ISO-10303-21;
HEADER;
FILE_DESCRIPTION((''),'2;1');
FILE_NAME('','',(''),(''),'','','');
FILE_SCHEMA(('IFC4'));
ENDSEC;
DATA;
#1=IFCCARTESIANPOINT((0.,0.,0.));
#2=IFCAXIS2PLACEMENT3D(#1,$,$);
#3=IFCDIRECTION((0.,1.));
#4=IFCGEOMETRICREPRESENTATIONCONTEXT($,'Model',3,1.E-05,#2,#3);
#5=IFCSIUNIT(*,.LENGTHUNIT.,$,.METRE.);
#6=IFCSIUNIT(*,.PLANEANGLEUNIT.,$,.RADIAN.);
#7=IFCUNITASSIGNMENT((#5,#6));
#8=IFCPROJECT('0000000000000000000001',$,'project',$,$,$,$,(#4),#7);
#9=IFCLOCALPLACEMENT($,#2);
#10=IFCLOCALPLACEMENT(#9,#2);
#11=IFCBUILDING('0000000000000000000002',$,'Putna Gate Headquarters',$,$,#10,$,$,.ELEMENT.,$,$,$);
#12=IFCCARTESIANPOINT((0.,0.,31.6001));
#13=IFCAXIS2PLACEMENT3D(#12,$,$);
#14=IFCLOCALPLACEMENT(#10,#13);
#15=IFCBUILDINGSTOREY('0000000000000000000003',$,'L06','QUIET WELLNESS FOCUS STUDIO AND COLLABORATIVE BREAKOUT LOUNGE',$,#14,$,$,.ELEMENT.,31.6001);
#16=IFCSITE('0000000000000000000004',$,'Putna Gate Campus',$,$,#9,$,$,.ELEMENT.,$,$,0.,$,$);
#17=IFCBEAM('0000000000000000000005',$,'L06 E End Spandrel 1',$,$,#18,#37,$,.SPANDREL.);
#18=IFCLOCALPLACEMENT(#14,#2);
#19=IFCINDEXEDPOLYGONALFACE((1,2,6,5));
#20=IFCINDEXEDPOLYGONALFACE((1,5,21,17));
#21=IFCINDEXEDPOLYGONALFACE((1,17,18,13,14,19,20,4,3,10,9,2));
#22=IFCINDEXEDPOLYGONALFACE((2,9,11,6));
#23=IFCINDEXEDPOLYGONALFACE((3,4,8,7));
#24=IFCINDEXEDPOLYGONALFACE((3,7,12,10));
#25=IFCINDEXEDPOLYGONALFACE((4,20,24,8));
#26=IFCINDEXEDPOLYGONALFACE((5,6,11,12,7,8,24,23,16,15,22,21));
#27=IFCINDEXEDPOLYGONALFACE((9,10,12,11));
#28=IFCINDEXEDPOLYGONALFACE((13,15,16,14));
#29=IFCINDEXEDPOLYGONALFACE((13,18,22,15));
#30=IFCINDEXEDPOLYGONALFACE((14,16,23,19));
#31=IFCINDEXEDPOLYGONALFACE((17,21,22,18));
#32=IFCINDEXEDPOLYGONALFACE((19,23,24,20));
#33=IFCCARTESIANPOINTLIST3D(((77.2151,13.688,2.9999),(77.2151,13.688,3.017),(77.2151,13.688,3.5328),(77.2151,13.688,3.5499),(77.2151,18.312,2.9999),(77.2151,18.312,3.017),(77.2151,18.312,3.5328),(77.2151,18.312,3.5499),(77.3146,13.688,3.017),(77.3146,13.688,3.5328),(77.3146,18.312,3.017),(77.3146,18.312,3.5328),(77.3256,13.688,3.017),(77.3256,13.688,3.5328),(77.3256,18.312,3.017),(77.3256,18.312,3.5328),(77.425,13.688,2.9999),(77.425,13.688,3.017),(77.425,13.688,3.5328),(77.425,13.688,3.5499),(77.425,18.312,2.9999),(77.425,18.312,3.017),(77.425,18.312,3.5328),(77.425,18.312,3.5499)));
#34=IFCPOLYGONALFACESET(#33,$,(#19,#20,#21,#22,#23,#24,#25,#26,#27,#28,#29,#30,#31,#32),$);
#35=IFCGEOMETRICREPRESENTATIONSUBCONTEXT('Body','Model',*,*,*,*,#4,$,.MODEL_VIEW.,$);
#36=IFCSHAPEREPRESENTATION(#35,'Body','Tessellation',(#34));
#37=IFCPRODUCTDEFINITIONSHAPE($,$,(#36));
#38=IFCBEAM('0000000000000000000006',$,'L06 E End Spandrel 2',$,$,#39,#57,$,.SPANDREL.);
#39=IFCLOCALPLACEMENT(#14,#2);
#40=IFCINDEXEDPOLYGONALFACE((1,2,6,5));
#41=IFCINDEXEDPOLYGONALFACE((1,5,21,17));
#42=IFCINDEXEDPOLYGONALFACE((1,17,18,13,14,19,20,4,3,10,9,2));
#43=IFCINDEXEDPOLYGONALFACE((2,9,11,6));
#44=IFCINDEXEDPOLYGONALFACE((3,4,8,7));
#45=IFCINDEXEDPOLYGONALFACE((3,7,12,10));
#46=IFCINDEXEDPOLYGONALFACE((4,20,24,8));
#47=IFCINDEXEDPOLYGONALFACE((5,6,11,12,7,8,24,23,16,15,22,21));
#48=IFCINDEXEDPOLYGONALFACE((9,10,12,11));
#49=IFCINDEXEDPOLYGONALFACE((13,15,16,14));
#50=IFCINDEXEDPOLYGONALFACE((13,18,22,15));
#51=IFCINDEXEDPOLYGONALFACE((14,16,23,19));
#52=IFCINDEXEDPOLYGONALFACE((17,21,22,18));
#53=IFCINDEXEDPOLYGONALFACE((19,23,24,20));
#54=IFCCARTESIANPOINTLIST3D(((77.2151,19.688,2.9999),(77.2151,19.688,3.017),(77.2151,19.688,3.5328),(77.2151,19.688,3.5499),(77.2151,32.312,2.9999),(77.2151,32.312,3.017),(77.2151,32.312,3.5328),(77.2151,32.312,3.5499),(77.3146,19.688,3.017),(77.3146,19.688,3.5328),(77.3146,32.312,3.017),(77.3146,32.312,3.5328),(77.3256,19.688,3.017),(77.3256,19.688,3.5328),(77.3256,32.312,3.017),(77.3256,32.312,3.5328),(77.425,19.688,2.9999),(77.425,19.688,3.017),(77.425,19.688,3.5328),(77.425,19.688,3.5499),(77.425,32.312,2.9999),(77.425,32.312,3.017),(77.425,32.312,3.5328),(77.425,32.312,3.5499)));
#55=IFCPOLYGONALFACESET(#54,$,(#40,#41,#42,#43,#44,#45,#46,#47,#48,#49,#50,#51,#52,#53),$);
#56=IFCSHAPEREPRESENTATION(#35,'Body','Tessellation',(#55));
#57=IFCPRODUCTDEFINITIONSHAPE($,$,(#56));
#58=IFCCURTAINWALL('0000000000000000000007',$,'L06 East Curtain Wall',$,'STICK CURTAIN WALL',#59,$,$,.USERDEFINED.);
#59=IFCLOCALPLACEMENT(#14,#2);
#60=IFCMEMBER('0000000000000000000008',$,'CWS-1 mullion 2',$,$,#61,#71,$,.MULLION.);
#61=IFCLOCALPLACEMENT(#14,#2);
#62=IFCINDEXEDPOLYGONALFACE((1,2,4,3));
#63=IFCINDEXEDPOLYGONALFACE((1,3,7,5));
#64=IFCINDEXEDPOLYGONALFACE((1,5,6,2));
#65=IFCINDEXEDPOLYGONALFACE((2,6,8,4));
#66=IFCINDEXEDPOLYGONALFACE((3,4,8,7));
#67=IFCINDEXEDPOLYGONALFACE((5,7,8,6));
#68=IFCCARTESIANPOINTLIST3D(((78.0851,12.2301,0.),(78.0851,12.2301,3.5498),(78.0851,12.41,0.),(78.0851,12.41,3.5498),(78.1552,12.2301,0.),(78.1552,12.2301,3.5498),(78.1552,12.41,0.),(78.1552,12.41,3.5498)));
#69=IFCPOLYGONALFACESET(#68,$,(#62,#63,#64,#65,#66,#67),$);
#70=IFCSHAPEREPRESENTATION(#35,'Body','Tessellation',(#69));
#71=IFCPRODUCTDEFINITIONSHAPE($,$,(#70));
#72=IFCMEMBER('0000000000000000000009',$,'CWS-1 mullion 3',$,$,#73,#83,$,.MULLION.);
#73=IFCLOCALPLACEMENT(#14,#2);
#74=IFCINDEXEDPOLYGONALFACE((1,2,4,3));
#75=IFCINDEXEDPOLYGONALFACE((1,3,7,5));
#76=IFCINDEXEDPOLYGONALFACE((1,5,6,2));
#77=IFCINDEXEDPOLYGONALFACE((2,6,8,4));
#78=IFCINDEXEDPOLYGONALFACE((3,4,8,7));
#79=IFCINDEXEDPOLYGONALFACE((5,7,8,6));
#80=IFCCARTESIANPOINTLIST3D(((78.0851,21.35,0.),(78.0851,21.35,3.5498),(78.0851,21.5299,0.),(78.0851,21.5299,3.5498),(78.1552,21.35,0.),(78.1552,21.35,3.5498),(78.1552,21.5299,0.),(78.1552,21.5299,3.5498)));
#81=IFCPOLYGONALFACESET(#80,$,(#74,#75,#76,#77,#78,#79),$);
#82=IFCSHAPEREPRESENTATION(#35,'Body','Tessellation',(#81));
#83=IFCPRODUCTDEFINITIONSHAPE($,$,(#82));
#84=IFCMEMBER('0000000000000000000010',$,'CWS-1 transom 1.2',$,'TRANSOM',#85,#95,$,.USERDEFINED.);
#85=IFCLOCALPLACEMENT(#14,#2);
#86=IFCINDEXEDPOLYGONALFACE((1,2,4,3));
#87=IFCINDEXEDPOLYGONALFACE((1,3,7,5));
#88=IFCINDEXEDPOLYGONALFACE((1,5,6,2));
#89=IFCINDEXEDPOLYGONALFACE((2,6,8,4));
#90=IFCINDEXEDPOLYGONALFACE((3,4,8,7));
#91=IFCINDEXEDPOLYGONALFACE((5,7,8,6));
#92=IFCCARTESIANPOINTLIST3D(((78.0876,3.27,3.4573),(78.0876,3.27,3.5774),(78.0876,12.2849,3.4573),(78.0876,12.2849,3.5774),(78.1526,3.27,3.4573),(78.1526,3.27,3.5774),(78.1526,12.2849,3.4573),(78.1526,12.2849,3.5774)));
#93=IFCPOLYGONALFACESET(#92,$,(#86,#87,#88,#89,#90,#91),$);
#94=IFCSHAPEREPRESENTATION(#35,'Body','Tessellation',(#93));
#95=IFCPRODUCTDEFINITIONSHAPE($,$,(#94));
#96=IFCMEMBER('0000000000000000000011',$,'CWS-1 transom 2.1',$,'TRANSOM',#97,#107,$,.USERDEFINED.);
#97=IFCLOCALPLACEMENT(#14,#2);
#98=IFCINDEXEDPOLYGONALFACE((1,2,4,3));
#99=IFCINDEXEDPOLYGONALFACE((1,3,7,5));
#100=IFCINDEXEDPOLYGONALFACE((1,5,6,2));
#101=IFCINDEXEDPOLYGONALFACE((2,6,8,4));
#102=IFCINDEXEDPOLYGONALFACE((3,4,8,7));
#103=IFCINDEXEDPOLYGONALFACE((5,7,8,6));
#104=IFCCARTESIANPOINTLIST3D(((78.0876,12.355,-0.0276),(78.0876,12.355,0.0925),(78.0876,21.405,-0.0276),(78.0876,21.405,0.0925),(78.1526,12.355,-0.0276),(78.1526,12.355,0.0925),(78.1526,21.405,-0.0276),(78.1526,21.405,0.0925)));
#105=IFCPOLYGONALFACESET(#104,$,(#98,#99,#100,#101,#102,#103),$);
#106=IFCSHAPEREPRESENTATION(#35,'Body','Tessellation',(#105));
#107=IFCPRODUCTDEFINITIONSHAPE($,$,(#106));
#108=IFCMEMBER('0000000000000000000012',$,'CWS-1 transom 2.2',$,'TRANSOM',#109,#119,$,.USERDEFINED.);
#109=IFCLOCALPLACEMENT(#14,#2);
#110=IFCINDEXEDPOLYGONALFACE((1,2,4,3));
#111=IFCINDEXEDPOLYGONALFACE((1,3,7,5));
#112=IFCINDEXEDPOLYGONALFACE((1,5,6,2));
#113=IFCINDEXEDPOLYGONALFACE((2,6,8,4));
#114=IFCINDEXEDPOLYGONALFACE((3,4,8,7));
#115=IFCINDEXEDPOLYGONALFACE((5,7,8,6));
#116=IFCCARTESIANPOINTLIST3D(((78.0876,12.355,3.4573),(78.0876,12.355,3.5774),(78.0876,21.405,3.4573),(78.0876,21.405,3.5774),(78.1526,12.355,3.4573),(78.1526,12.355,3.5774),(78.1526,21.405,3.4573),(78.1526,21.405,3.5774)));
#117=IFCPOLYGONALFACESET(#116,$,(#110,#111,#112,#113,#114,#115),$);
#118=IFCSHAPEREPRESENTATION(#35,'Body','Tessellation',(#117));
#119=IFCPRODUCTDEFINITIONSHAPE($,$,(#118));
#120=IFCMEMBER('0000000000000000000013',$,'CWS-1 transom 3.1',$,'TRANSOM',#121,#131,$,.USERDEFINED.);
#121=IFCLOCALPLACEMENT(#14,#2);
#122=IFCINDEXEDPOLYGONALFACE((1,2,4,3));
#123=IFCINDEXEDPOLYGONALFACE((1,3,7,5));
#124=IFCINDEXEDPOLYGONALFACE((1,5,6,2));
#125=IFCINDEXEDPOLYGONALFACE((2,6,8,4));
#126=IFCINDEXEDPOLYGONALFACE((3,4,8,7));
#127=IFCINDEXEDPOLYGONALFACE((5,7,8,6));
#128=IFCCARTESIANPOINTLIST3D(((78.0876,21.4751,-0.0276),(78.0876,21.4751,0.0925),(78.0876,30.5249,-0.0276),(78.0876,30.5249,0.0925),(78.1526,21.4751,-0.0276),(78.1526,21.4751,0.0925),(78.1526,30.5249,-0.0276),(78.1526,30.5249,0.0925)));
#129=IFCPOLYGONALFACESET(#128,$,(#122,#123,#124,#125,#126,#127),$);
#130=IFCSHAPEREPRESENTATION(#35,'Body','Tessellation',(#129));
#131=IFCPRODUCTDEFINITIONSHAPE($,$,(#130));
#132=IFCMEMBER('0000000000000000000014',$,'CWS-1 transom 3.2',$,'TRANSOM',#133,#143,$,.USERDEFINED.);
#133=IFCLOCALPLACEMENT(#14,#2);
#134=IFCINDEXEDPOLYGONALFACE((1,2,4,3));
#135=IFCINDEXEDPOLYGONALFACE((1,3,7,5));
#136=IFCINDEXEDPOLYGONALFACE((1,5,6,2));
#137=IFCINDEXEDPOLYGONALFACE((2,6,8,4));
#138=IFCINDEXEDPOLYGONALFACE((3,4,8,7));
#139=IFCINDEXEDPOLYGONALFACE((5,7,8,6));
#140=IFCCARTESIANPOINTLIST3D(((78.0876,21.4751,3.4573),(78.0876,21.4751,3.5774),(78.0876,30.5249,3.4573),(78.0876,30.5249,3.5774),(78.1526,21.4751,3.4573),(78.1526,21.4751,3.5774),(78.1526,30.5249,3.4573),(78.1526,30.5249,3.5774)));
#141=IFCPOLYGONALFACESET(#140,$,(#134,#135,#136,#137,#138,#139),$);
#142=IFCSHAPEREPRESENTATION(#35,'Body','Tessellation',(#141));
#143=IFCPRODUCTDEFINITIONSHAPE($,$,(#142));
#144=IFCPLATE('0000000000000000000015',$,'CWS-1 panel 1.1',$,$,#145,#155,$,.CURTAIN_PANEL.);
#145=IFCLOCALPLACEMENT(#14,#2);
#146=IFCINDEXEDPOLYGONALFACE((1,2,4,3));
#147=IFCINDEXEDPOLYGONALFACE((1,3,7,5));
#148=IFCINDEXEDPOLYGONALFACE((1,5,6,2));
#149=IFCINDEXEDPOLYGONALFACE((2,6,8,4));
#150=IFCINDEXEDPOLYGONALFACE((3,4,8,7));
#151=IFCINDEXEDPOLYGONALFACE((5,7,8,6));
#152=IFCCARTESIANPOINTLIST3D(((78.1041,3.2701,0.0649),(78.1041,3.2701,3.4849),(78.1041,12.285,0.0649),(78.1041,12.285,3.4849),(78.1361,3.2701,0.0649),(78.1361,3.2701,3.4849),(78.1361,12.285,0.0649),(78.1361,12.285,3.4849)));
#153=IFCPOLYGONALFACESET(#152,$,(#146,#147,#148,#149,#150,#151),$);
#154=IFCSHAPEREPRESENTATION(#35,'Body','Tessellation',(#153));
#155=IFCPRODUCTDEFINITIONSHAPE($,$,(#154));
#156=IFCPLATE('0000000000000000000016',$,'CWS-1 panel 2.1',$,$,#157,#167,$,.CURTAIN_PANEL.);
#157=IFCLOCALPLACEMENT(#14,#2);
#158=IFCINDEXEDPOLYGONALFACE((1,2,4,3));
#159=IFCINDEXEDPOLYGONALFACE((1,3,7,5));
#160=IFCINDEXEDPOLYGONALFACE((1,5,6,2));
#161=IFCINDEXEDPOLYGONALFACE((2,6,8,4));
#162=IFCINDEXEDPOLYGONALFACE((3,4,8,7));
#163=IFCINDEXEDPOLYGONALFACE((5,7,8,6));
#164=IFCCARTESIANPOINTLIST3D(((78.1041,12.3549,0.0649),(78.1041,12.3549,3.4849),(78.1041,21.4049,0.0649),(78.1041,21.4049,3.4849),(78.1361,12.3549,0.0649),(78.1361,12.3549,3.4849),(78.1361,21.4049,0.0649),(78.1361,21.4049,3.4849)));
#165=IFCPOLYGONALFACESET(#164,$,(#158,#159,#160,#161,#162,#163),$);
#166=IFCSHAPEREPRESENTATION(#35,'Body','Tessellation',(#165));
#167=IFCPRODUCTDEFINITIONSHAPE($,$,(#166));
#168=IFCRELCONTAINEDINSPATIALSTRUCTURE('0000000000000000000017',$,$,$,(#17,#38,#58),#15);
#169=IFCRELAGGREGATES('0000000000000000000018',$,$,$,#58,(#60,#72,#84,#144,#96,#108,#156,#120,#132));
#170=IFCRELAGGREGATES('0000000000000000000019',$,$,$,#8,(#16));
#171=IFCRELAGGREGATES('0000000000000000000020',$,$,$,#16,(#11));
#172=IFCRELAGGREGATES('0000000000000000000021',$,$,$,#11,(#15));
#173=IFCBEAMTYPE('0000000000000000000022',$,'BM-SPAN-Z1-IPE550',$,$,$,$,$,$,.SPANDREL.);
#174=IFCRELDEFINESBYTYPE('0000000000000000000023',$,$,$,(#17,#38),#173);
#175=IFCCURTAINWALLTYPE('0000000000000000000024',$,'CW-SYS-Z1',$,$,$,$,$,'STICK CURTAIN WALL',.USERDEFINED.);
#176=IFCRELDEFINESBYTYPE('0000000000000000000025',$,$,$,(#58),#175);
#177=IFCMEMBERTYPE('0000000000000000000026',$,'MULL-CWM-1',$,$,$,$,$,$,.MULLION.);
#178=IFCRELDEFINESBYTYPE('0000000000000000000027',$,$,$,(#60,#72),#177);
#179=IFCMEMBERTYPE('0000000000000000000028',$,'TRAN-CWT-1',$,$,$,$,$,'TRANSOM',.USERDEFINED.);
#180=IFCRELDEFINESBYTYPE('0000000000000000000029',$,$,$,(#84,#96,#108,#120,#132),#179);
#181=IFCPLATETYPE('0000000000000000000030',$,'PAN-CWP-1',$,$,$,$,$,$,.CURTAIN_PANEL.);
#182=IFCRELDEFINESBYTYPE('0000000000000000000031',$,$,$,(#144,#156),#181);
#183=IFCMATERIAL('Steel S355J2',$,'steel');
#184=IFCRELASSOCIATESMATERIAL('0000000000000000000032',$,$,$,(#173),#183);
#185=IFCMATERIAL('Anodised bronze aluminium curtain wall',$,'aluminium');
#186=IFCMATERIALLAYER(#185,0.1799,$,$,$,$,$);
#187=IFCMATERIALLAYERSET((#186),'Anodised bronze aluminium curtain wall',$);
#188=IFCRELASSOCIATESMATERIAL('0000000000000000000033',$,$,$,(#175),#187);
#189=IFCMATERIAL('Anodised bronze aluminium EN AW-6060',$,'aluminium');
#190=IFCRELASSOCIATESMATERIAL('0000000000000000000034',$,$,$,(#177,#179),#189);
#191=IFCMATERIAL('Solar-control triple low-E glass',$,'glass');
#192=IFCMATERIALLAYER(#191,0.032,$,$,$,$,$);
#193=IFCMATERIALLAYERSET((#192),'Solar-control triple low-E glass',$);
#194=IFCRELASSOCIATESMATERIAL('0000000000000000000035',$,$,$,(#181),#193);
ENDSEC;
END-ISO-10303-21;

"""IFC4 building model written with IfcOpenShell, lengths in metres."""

from ifc_helpers import new_model, si_unit, direction, frame, origin, origin_2d, place, context, subcontext, project, spatial, rectangle, i_section, extrude, material, layer, layer_set, material_profile, profile_set, type_object, element, aggregate, save


model = new_model("IFC4")

# Units and contexts
model_context = context("Model", 3, precision=1e-05, world=origin(), true_north=direction((0.0, 1.0)))
body_context = subcontext(model_context, "Body", "Model", "MODEL_VIEW")
ifc_project = project(units=[si_unit("LENGTHUNIT", "METRE"), si_unit("PLANEANGLEUNIT", "RADIAN")], contexts=[model_context])

# Site, building, storey
site_placement = place(None, origin())
site = spatial("IfcSite", under=ifc_project, at=site_placement, Name="Putna Gate Campus", CompositionType="ELEMENT", RefElevation=0.0)
building_placement = place(site_placement, origin())
building = spatial("IfcBuilding", under=site, at=building_placement, Name="Putna Gate Headquarters", CompositionType="ELEMENT")
storey_placement = place(building_placement, frame((0.0, 0.0, 31.6001)))
storey = spatial("IfcBuildingStorey", under=building, at=storey_placement, Name="L06", Description="QUIET WELLNESS FOCUS STUDIO AND COLLABORATIVE BREAKOUT LOUNGE", CompositionType="ELEMENT", Elevation=31.6001)

# Beams
ifc_material_1 = material(Name="Steel S355J2", Category="steel")
ifc_material_profile_1 = material_profile(ifc_material_1, i_section(OverallWidth=0.21, OverallDepth=0.55, WebThickness=0.011, FlangeThickness=0.0171, at=origin_2d()), Name="Steel S355J2")
ifc_profile_set_1 = profile_set([ifc_material_profile_1], Name="Steel S355J2")
beam_type_1 = type_object("IfcBeamType", Name="BM-SPAN-Z1-IPE550", PredefinedType="SPANDREL", material=ifc_profile_set_1)
beam_1_placement = place(storey_placement, frame((77.3201, 13.688, 3.2749), z_axis=(0.0, 1.0, 0.0), x_axis=(-1.0, 0.0, 0.0)))
element("IfcBeam", 1, at=beam_1_placement, inside=storey, type_object=beam_type_1, Name="L06 E End Spandrel 1", PredefinedType="SPANDREL", context=body_context, shape_type="SweptSolid", body=[
    extrude(i_section(OverallWidth=0.21, OverallDepth=0.55, WebThickness=0.011, FlangeThickness=0.0171, at=origin_2d()), origin(), (0.0, 0.0, 1.0), 4.624),
])
beam_2_placement = place(storey_placement, frame((77.3201, 19.688, 3.2749), z_axis=(0.0, 1.0, 0.0), x_axis=(-1.0, 0.0, 0.0)))
element("IfcBeam", 2, at=beam_2_placement, inside=storey, type_object=beam_type_1, Name="L06 E End Spandrel 2", PredefinedType="SPANDREL", context=body_context, shape_type="SweptSolid", body=[
    extrude(i_section(OverallWidth=0.21, OverallDepth=0.55, WebThickness=0.011, FlangeThickness=0.0171, at=origin_2d()), origin(), (0.0, 0.0, 1.0), 12.624),
])

# Curtain wall, members, plates
ifc_material_2 = material(Name="Anodised bronze aluminium curtain wall", Category="aluminium")
ifc_layer_1 = layer(ifc_material_2, 0.1799)
ifc_layer_set_1 = layer_set([ifc_layer_1], Name="Anodised bronze aluminium curtain wall")
curtain_wall_type = type_object("IfcCurtainWallType", Name="CW-SYS-Z1", ElementType="STICK CURTAIN WALL", PredefinedType="USERDEFINED", material=ifc_layer_set_1)
curtain_wall_placement = place(storey_placement, origin())
curtain_wall = element("IfcCurtainWall", 3, at=curtain_wall_placement, inside=storey, type_object=curtain_wall_type, Name="L06 East Curtain Wall", ObjectType="STICK CURTAIN WALL", PredefinedType="USERDEFINED")
ifc_material_3 = material(Name="Anodised bronze aluminium EN AW-6060", Category="aluminium")
ifc_material_profile_2 = material_profile(ifc_material_3, rectangle(XDim=0.0701, YDim=0.1799, at=origin_2d()), Name="Anodised bronze aluminium EN AW-6060")
ifc_profile_set_2 = profile_set([ifc_material_profile_2], Name="Anodised bronze aluminium EN AW-6060")
member_type_1 = type_object("IfcMemberType", Name="MULL-CWM-1", PredefinedType="MULLION", material=ifc_profile_set_2)
member_1_placement = place(storey_placement, frame((78.1201, 12.3201, 0.0), z_axis=(0.0, 0.0, 1.0), x_axis=(-1.0, 0.0, 0.0)))
member_1 = element("IfcMember", 4, at=member_1_placement, type_object=member_type_1, Name="CWS-1 mullion 2", PredefinedType="MULLION", context=body_context, shape_type="SweptSolid", body=[
    extrude(rectangle(XDim=0.0701, YDim=0.1799, at=origin_2d()), origin(), (0.0, 0.0, 1.0), 3.5498),
])
member_2_placement = place(storey_placement, frame((78.1201, 21.4399, 0.0), z_axis=(0.0, 0.0, 1.0), x_axis=(-1.0, 0.0, 0.0)))
member_2 = element("IfcMember", 5, at=member_2_placement, type_object=member_type_1, Name="CWS-1 mullion 3", PredefinedType="MULLION", context=body_context, shape_type="SweptSolid", body=[
    extrude(rectangle(XDim=0.0701, YDim=0.1799, at=origin_2d()), origin(), (0.0, 0.0, 1.0), 3.5498),
])
ifc_material_profile_3 = material_profile(ifc_material_3, rectangle(XDim=0.0649, YDim=0.1201, at=origin_2d()), Name="Anodised bronze aluminium EN AW-6060")
ifc_profile_set_3 = profile_set([ifc_material_profile_3], Name="Anodised bronze aluminium EN AW-6060")
member_type_2 = type_object("IfcMemberType", Name="TRAN-CWT-1", ElementType="TRANSOM", PredefinedType="USERDEFINED", material=ifc_profile_set_3)
member_3_placement = place(storey_placement, frame((78.1201, 3.27, 3.5173), z_axis=(0.0, 1.0, 0.0), x_axis=(-1.0, 0.0, 0.0)))
member_3 = element("IfcMember", 6, at=member_3_placement, type_object=member_type_2, Name="CWS-1 transom 1.2", ObjectType="TRANSOM", PredefinedType="USERDEFINED", context=body_context, shape_type="SweptSolid", body=[
    extrude(rectangle(XDim=0.0649, YDim=0.1201, at=origin_2d()), origin(), (0.0, 0.0, 1.0), 9.0149),
])
member_4_placement = place(storey_placement, frame((78.1201, 12.355, 0.0325), z_axis=(0.0, 1.0, 0.0), x_axis=(-1.0, 0.0, 0.0)))
member_4 = element("IfcMember", 7, at=member_4_placement, type_object=member_type_2, Name="CWS-1 transom 2.1", ObjectType="TRANSOM", PredefinedType="USERDEFINED", context=body_context, shape_type="SweptSolid", body=[
    extrude(rectangle(XDim=0.0649, YDim=0.1201, at=origin_2d()), origin(), (0.0, 0.0, 1.0), 9.05),
])
member_5_placement = place(storey_placement, frame((78.1201, 12.355, 3.5173), z_axis=(0.0, 1.0, 0.0), x_axis=(-1.0, 0.0, 0.0)))
member_5 = element("IfcMember", 8, at=member_5_placement, type_object=member_type_2, Name="CWS-1 transom 2.2", ObjectType="TRANSOM", PredefinedType="USERDEFINED", context=body_context, shape_type="SweptSolid", body=[
    extrude(rectangle(XDim=0.0649, YDim=0.1201, at=origin_2d()), origin(), (0.0, 0.0, 1.0), 9.05),
])
member_6_placement = place(storey_placement, frame((78.1201, 21.4751, 0.0325), z_axis=(0.0, 1.0, 0.0), x_axis=(-1.0, 0.0, 0.0)))
member_6 = element("IfcMember", 9, at=member_6_placement, type_object=member_type_2, Name="CWS-1 transom 3.1", ObjectType="TRANSOM", PredefinedType="USERDEFINED", context=body_context, shape_type="SweptSolid", body=[
    extrude(rectangle(XDim=0.0649, YDim=0.1201, at=origin_2d()), origin(), (0.0, 0.0, 1.0), 9.0498),
])
member_7_placement = place(storey_placement, frame((78.1201, 21.4751, 3.5173), z_axis=(0.0, 1.0, 0.0), x_axis=(-1.0, 0.0, 0.0)))
member_7 = element("IfcMember", 10, at=member_7_placement, type_object=member_type_2, Name="CWS-1 transom 3.2", ObjectType="TRANSOM", PredefinedType="USERDEFINED", context=body_context, shape_type="SweptSolid", body=[
    extrude(rectangle(XDim=0.0649, YDim=0.1201, at=origin_2d()), origin(), (0.0, 0.0, 1.0), 9.0498),
])
ifc_material_4 = material(Name="Solar-control triple low-E glass", Category="glass")
ifc_layer_2 = layer(ifc_material_4, 0.032)
ifc_layer_set_2 = layer_set([ifc_layer_2], Name="Solar-control triple low-E glass")
plate_type = type_object("IfcPlateType", Name="PAN-CWP-1", PredefinedType="CURTAIN_PANEL", material=ifc_layer_set_2)
plate_1_placement = place(storey_placement, frame((78.1201, 7.7776, 0.0649), z_axis=(0.0, 0.0, 1.0), x_axis=(0.0, 1.0, 0.0)))
plate_1 = element("IfcPlate", 11, at=plate_1_placement, type_object=plate_type, Name="CWS-1 panel 1.1", PredefinedType="CURTAIN_PANEL", context=body_context, shape_type="SweptSolid", body=[
    extrude(rectangle(XDim=9.0149, YDim=0.032, at=origin_2d()), origin(), (0.0, 0.0, 1.0), 3.4199),
])
plate_2_placement = place(storey_placement, frame((78.1201, 16.8799, 0.0649), z_axis=(0.0, 0.0, 1.0), x_axis=(0.0, 1.0, 0.0)))
plate_2 = element("IfcPlate", 12, at=plate_2_placement, type_object=plate_type, Name="CWS-1 panel 2.1", PredefinedType="CURTAIN_PANEL", context=body_context, shape_type="SweptSolid", body=[
    extrude(rectangle(XDim=9.05, YDim=0.032, at=origin_2d()), origin(), (0.0, 0.0, 1.0), 3.4199),
])
aggregate(curtain_wall, [member_1, member_2, member_3, plate_1, member_4, member_5, plate_2, member_6, member_7])

save(model, "model.ifc")
